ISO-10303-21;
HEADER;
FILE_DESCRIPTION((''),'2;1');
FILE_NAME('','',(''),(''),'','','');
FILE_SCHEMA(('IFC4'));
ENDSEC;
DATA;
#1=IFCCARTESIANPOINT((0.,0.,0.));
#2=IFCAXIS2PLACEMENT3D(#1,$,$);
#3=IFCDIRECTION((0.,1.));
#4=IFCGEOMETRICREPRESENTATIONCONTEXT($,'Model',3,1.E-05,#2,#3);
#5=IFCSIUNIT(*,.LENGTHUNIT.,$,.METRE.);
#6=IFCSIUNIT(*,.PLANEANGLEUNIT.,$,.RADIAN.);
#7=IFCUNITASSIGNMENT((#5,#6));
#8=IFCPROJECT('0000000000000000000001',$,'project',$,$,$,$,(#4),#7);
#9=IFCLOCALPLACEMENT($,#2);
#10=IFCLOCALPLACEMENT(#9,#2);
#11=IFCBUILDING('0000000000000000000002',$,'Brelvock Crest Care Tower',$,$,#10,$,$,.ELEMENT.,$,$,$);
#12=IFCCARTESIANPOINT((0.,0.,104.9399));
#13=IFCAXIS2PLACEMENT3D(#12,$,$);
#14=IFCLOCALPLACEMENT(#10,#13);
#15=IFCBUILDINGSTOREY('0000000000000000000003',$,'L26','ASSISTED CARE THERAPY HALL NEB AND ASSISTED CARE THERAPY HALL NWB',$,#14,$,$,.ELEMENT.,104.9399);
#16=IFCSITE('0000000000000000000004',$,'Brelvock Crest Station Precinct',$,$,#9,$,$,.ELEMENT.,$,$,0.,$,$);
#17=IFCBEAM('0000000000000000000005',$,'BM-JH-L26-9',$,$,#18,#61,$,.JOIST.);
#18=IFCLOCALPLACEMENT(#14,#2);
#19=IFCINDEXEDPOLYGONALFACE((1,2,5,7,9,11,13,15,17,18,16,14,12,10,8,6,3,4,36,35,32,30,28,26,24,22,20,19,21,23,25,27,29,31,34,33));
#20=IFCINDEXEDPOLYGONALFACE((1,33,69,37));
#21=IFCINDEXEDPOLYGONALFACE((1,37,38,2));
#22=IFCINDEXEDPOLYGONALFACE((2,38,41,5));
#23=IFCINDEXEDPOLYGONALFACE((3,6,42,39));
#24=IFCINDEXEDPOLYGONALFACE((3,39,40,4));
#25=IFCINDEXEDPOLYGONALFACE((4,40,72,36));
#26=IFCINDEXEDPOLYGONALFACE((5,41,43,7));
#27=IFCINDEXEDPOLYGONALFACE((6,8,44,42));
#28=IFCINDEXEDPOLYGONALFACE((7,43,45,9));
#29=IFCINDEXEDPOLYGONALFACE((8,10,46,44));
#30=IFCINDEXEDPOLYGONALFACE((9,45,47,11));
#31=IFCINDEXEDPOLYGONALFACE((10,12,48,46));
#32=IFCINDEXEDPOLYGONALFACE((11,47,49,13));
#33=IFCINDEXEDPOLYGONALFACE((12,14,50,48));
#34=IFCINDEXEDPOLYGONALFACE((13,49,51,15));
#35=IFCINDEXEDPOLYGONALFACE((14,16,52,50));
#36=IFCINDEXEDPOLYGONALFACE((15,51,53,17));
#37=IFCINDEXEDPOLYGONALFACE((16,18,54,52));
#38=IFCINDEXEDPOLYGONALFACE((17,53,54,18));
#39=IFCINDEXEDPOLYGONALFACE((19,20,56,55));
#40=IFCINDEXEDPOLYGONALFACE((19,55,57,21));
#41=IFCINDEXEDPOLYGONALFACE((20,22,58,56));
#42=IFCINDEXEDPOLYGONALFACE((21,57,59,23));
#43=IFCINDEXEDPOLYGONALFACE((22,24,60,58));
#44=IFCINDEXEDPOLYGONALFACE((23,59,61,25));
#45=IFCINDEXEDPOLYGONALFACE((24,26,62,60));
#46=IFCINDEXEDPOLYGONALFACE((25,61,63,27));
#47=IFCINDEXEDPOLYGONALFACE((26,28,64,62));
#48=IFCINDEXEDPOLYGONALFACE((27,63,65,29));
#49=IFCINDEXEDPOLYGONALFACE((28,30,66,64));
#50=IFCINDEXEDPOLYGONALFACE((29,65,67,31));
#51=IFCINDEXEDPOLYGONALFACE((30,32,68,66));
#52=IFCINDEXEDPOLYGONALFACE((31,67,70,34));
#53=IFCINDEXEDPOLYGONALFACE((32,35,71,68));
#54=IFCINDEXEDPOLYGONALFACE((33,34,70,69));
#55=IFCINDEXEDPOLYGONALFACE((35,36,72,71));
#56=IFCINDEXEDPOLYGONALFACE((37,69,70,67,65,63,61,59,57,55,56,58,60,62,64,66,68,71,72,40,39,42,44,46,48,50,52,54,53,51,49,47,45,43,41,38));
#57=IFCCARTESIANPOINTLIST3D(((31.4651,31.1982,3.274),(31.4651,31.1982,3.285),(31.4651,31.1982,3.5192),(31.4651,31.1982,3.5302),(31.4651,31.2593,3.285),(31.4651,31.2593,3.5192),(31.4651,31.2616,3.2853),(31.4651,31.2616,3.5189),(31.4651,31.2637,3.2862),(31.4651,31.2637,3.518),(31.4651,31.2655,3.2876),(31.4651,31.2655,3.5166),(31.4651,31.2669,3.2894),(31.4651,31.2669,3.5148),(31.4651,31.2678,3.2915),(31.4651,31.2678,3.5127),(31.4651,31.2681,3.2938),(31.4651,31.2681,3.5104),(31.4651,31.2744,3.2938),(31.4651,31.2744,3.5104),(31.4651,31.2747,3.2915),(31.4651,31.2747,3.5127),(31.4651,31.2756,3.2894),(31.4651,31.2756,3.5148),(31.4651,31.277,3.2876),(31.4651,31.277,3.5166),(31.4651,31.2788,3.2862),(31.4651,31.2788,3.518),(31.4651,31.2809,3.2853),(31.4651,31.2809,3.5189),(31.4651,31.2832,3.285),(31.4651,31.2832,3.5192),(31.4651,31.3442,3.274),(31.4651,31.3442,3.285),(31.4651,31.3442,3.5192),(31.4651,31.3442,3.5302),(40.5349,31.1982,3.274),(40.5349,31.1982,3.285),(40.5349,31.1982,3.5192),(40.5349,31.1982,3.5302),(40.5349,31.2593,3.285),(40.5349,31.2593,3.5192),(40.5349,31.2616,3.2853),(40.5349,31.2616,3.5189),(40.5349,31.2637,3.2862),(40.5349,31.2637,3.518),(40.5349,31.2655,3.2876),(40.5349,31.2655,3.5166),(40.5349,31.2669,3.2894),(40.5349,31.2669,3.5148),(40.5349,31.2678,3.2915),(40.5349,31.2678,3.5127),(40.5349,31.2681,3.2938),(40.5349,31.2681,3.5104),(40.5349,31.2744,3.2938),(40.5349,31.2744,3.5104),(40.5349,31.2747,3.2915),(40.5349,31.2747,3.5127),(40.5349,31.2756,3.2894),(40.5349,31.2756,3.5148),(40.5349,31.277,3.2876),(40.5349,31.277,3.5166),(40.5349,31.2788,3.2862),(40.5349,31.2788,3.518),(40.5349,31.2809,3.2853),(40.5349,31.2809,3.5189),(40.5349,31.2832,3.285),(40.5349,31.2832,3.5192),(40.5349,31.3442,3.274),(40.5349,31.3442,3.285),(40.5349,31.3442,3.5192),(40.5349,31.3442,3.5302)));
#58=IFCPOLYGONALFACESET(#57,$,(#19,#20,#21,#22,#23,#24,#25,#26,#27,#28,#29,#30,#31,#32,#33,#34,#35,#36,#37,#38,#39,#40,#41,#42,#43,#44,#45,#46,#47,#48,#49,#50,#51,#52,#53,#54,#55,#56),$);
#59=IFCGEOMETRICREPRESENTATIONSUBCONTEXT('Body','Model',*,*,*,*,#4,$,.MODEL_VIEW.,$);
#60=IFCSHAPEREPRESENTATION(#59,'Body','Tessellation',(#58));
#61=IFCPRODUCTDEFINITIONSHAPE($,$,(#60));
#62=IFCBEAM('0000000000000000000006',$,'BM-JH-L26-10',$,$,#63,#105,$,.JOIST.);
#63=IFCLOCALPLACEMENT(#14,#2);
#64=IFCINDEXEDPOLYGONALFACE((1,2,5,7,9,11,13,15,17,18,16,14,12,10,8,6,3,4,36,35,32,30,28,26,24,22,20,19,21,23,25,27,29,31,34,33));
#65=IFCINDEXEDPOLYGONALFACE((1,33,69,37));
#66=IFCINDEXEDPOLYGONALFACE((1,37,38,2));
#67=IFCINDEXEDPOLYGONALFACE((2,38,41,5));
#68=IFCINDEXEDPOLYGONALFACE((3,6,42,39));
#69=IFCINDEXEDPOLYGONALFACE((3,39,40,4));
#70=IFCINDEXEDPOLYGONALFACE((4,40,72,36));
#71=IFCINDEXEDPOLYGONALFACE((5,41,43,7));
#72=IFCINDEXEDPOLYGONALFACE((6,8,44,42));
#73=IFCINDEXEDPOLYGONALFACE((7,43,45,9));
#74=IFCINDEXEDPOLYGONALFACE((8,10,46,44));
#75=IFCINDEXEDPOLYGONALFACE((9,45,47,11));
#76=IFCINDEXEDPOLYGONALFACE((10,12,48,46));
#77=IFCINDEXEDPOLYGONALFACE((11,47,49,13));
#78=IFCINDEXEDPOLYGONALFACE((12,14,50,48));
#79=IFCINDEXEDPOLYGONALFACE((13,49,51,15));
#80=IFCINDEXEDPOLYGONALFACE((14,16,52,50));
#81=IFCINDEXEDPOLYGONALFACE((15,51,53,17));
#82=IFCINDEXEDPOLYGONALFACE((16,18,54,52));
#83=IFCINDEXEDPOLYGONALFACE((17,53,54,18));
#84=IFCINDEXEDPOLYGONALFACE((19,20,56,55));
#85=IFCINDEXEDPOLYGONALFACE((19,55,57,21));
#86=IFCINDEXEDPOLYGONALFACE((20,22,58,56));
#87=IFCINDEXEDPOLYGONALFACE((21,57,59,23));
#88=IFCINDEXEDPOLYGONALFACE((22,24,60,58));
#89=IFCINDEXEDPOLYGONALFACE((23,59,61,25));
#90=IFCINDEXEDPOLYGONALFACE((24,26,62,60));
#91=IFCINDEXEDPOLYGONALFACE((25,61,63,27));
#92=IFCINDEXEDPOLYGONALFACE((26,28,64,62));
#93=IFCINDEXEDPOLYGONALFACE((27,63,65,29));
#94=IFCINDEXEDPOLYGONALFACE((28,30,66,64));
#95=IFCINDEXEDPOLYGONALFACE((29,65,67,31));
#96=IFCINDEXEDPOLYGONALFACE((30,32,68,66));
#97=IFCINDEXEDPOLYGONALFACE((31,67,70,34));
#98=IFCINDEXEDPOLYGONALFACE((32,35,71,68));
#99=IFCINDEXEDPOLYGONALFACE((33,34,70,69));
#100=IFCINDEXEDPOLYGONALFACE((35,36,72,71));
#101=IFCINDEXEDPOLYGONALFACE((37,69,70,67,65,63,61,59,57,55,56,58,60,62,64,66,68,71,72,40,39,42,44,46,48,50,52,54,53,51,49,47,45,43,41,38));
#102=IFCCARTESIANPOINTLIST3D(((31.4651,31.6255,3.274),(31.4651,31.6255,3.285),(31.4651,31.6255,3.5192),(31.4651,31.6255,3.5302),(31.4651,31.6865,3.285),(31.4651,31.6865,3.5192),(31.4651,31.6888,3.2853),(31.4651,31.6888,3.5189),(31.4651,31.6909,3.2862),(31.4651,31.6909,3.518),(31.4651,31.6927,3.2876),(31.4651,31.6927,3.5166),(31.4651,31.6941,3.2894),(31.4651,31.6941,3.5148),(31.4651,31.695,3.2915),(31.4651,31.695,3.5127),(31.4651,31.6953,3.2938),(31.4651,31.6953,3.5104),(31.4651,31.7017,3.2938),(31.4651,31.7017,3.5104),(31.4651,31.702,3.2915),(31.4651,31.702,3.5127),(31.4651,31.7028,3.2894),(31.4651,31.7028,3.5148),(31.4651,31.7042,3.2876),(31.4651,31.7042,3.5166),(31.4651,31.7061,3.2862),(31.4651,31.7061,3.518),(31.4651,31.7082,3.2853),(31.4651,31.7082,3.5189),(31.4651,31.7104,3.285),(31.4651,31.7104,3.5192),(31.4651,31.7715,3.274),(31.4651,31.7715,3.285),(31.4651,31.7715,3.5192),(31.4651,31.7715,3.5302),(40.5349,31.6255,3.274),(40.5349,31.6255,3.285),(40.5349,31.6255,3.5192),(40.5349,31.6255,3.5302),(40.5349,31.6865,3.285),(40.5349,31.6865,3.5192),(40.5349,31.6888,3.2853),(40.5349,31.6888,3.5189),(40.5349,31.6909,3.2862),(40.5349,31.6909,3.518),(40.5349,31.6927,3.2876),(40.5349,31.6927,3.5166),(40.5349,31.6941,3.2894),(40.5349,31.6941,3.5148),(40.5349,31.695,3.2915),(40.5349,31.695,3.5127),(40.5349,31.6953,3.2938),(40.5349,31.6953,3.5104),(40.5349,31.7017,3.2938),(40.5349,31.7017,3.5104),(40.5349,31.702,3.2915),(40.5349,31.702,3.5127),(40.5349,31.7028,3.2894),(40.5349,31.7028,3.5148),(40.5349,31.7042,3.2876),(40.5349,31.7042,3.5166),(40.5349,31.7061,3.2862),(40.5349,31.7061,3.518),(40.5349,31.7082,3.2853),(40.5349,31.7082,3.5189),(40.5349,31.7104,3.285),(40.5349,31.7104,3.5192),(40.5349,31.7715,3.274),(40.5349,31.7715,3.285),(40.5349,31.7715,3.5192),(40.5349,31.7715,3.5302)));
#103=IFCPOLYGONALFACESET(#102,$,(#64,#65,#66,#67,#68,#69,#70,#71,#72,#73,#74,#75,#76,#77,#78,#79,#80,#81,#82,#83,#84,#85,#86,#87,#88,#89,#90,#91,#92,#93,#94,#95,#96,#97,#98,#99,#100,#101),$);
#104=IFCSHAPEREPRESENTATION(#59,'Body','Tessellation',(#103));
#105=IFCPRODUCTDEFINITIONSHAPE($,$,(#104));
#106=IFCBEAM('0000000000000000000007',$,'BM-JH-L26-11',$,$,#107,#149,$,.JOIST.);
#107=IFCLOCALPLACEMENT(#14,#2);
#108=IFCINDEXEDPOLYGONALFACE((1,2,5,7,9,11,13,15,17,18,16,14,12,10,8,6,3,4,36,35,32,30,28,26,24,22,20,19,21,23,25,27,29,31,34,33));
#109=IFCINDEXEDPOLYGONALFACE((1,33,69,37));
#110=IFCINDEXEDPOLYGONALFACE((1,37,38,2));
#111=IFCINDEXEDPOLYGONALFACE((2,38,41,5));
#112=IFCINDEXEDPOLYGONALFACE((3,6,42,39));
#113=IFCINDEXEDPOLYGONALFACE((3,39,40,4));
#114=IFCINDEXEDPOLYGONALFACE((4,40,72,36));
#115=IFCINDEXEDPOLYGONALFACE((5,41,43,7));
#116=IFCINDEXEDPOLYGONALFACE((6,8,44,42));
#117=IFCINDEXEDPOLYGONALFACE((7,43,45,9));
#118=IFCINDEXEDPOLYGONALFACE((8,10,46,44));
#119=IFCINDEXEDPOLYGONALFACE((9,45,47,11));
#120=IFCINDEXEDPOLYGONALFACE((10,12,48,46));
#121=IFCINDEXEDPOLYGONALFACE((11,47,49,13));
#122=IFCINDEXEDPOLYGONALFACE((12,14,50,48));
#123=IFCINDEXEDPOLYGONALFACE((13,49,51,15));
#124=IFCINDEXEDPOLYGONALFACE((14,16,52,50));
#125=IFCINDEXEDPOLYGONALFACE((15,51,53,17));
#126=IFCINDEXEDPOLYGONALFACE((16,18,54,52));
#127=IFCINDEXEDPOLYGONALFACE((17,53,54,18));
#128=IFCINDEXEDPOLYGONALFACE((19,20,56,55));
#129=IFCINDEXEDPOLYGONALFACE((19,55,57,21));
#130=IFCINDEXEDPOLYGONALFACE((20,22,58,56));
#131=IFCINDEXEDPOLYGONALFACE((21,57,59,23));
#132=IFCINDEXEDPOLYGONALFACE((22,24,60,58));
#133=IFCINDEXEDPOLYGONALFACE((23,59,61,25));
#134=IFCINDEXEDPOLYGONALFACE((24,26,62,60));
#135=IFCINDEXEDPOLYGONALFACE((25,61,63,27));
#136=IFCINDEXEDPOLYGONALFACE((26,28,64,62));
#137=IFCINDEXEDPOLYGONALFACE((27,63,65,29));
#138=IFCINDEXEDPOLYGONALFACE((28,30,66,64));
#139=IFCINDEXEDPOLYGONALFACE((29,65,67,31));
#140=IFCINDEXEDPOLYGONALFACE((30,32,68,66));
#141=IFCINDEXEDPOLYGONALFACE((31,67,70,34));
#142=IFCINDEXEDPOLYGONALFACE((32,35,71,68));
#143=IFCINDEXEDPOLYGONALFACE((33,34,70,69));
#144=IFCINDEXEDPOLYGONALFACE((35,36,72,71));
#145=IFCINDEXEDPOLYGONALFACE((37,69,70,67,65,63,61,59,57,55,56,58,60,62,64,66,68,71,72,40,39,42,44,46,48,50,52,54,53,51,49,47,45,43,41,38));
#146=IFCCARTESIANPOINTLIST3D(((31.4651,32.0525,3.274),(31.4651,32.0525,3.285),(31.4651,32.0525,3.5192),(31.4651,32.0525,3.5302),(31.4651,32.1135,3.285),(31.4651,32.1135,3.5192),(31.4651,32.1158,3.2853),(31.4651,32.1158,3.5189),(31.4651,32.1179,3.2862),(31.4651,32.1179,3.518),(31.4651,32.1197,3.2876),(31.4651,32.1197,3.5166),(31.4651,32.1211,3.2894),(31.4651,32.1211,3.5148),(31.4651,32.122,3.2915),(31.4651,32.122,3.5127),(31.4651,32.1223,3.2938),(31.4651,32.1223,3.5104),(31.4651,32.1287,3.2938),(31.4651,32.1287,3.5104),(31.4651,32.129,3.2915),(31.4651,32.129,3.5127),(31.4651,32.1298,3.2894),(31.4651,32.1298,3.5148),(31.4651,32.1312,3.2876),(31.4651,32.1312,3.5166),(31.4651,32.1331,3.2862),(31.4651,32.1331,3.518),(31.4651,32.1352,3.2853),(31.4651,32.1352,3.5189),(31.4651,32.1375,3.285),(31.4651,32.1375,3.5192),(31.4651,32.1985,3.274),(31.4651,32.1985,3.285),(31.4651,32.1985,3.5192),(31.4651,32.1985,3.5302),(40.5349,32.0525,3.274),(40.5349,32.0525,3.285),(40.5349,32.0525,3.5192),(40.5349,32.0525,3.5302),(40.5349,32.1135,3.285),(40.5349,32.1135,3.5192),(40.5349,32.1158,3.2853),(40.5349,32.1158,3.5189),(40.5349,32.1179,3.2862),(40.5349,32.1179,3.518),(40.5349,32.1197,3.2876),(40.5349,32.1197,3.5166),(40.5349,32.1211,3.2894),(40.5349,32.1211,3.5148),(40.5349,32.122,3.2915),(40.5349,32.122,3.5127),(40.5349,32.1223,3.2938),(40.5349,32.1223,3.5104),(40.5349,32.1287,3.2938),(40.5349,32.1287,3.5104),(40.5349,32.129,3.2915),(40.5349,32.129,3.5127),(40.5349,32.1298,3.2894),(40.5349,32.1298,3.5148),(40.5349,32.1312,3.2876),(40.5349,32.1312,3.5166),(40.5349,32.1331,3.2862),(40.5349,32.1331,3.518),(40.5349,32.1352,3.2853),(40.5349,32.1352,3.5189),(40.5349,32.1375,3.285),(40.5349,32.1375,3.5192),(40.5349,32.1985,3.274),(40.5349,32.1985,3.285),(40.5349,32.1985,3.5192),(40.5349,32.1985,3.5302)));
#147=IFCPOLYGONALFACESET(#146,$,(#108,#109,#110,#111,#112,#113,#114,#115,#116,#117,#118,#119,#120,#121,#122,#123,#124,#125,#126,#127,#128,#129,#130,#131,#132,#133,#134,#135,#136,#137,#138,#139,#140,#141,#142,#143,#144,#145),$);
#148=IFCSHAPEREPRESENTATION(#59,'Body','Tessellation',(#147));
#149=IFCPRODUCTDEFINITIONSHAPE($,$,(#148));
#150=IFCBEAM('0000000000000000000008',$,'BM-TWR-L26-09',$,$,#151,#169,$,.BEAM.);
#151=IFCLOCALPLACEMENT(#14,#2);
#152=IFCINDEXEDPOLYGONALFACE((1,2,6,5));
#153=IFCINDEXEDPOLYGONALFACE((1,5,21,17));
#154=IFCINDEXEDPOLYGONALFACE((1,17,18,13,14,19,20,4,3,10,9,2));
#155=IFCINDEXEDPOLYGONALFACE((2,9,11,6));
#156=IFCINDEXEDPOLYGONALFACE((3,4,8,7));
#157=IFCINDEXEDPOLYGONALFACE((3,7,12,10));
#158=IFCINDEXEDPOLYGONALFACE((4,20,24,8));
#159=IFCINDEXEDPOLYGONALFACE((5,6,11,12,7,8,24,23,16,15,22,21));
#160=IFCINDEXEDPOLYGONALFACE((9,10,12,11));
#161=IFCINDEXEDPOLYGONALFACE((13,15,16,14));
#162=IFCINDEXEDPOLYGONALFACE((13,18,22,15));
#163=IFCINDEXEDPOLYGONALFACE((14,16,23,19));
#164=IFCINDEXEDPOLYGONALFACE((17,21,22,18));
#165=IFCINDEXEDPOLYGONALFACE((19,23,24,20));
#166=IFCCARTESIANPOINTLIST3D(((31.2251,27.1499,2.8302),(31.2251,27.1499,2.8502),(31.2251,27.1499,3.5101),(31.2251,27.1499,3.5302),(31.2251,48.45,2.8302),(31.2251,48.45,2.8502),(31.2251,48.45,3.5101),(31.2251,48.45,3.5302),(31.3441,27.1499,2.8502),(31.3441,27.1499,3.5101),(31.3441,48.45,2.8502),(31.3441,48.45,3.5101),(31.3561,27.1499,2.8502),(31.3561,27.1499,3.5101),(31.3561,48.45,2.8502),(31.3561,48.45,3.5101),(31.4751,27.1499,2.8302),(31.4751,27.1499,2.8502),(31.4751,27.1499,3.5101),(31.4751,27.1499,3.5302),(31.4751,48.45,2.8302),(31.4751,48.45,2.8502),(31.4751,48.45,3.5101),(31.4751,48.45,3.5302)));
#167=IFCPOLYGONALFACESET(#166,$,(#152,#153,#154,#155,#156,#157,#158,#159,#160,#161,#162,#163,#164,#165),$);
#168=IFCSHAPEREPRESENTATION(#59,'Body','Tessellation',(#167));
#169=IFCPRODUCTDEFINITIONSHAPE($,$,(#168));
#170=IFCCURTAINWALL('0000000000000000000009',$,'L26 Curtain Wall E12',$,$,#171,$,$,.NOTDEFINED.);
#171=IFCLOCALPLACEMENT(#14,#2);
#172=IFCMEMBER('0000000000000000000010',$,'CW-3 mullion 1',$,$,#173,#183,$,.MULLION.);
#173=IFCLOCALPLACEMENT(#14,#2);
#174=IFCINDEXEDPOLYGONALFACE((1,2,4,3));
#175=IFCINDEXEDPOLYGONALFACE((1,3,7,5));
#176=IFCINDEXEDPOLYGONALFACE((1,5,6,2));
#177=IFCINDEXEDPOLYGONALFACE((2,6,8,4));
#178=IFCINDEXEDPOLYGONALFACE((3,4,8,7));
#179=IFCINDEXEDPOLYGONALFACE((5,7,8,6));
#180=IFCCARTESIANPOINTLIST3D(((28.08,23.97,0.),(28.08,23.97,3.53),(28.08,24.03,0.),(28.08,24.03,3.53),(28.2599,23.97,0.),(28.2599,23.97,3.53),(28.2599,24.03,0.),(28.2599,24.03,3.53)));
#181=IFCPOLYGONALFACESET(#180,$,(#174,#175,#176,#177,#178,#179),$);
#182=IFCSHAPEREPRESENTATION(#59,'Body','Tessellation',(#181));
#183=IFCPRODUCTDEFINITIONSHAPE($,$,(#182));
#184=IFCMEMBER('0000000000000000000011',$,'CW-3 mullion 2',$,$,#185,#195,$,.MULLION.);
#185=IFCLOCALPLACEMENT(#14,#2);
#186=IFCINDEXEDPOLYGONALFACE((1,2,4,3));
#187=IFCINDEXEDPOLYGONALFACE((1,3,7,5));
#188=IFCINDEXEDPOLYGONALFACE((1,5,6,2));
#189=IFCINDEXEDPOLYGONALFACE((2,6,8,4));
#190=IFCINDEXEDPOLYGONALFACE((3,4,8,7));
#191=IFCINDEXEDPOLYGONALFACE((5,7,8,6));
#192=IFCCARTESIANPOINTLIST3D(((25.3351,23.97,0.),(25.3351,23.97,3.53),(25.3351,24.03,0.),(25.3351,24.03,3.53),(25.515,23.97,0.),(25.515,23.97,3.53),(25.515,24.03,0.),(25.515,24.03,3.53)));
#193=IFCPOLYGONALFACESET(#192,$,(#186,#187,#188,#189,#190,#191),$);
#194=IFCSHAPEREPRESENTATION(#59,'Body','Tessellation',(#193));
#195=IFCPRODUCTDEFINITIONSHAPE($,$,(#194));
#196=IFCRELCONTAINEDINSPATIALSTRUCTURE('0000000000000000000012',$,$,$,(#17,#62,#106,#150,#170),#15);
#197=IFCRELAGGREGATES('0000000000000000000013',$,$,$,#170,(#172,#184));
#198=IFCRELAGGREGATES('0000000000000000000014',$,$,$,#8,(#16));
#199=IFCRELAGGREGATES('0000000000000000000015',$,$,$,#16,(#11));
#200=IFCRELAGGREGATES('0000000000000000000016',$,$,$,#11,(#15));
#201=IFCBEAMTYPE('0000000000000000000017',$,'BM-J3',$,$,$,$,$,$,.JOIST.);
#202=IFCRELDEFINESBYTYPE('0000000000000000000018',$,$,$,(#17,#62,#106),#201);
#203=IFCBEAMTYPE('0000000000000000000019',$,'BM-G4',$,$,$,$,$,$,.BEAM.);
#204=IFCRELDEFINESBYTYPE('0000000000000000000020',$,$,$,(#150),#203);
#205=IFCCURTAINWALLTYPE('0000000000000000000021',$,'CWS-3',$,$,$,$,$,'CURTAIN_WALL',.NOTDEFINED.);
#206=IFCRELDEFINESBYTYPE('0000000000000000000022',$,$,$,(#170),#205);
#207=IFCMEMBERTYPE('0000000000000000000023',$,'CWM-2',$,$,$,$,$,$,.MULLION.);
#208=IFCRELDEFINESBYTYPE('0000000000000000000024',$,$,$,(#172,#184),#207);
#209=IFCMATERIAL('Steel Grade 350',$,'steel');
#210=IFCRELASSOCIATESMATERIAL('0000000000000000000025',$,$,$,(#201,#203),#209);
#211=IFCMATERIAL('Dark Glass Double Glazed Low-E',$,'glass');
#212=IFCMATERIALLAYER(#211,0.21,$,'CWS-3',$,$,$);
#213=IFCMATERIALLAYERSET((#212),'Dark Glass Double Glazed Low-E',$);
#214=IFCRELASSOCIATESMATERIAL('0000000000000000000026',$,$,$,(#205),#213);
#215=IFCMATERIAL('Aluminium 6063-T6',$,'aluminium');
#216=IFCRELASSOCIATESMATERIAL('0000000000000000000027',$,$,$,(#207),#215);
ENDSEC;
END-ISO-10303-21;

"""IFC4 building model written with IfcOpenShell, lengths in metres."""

from ifc_helpers import new_model, si_unit, direction, frame, origin, origin_2d, place, context, subcontext, project, spatial, rectangle, i_section, extrude, source, transform, mapped, material, layer, layer_set, material_profile, profile_set, type_object, element, aggregate, save


model = new_model("IFC4")

# Units and contexts
model_context = context("Model", 3, precision=1e-05, world=origin(), true_north=direction((0.0, 1.0)))
body_context = subcontext(model_context, "Body", "Model", "MODEL_VIEW")
ifc_project = project(units=[si_unit("LENGTHUNIT", "METRE"), si_unit("PLANEANGLEUNIT", "RADIAN")], contexts=[model_context])

# Site, building, storey
site_placement = place(None, origin())
site = spatial("IfcSite", under=ifc_project, at=site_placement, Name="Brelvock Crest Station Precinct", CompositionType="ELEMENT", RefElevation=0.0)
building_placement = place(site_placement, origin())
building = spatial("IfcBuilding", under=site, at=building_placement, Name="Brelvock Crest Care Tower", CompositionType="ELEMENT")
storey_placement = place(building_placement, frame((0.0, 0.0, 104.9399)))
storey = spatial("IfcBuildingStorey", under=building, at=storey_placement, Name="L26", Description="ASSISTED CARE THERAPY HALL NEB AND ASSISTED CARE THERAPY HALL NWB", CompositionType="ELEMENT", Elevation=104.9399)

# Shared definitions
ifc_material_1 = material(Name="Steel Grade 350", Category="steel")

# Beams
ifc_material_profile_1 = material_profile(ifc_material_1, i_section(OverallWidth=0.146, OverallDepth=0.2561, WebThickness=0.0063, FlangeThickness=0.011, FilletRadius=0.0088, at=origin_2d()), Name="250UB37.3")
ifc_profile_set_1 = profile_set([ifc_material_profile_1], Name="Steel Grade 350")
beam_type_1 = type_object("IfcBeamType", Name="BM-J3", PredefinedType="JOIST", material=ifc_profile_set_1)
shared_shape_1 = source(origin(), body_context, "Body", "SweptSolid", [
    extrude(i_section(OverallWidth=0.146, OverallDepth=0.2561, WebThickness=0.0063, FlangeThickness=0.011, FilletRadius=0.0088, at=origin_2d()), origin(), (0.0, 0.0, 1.0), 9.0698),
])
for number, where, z_axis, x_axis, name in (
    (1, (31.4651, 31.2712, 3.4021), (1.0, 0.0, 0.0), (0.0, 1.0, 0.0), "BM-JH-L26-9"),
    (2, (31.4651, 31.6985, 3.4021), (1.0, 0.0, 0.0), (0.0, 1.0, 0.0), "BM-JH-L26-10"),
    (3, (31.4651, 32.1255, 3.4021), (1.0, 0.0, 0.0), (0.0, 1.0, 0.0), "BM-JH-L26-11"),
):
    element("IfcBeam", number, at=place(storey_placement, frame(where, z_axis=z_axis, x_axis=x_axis)), inside=storey, type_object=beam_type_1, Name=name, PredefinedType="JOIST", context=body_context, shape_type="MappedRepresentation", body=[
        mapped(shared_shape_1, transform((0.0, 0.0, 0.0), x_axis=(1.0, 0.0, 0.0), y_axis=(0.0, 1.0, 0.0), z_axis=(0.0, 0.0, 1.0), scale=1.0)),
    ])
ifc_material_profile_2 = material_profile(ifc_material_1, i_section(OverallWidth=0.25, OverallDepth=0.7, WebThickness=0.012, FlangeThickness=0.02, at=origin_2d()), Name="700WB150")
ifc_profile_set_2 = profile_set([ifc_material_profile_2], Name="Steel Grade 350")
beam_type_2 = type_object("IfcBeamType", Name="BM-G4", PredefinedType="BEAM", material=ifc_profile_set_2)
shared_shape_2 = source(origin(), body_context, "Body", "SweptSolid", [
    extrude(i_section(OverallWidth=0.25, OverallDepth=0.7, WebThickness=0.012, FlangeThickness=0.02, at=origin_2d()), origin(), (0.0, 0.0, 1.0), 21.3),
])
beam_1_placement = place(storey_placement, frame((31.3501, 27.1499, 3.1802), z_axis=(0.0, 1.0, 0.0), x_axis=(-1.0, 0.0, 0.0)))
element("IfcBeam", 4, at=beam_1_placement, inside=storey, type_object=beam_type_2, Name="BM-TWR-L26-09", PredefinedType="BEAM", context=body_context, shape_type="MappedRepresentation", body=[
    mapped(shared_shape_2, transform((0.0, 0.0, 0.0), x_axis=(1.0, 0.0, 0.0), y_axis=(0.0, 1.0, 0.0), z_axis=(0.0, 0.0, 1.0), scale=1.0)),
])

# Curtain wall, members
ifc_material_2 = material(Name="Dark Glass Double Glazed Low-E", Category="glass")
ifc_layer_1 = layer(ifc_material_2, 0.21, Name="CWS-3")
ifc_layer_set_1 = layer_set([ifc_layer_1], Name="Dark Glass Double Glazed Low-E")
curtain_wall_type = type_object("IfcCurtainWallType", Name="CWS-3", ElementType="CURTAIN_WALL", PredefinedType="NOTDEFINED", material=ifc_layer_set_1)
curtain_wall_placement = place(storey_placement, origin())
curtain_wall = element("IfcCurtainWall", 5, at=curtain_wall_placement, inside=storey, type_object=curtain_wall_type, Name="L26 Curtain Wall E12", PredefinedType="NOTDEFINED")
ifc_material_3 = material(Name="Aluminium 6063-T6", Category="aluminium")
ifc_material_profile_3 = material_profile(ifc_material_3, rectangle(XDim=0.0601, YDim=0.1799, at=origin_2d()), Name="ALU60x180")
ifc_profile_set_3 = profile_set([ifc_material_profile_3], Name="Aluminium 6063-T6")
member_type_1 = type_object("IfcMemberType", Name="CWM-2", PredefinedType="MULLION", material=ifc_profile_set_3)
shared_shape_3 = source(origin(), body_context, "Body", "SweptSolid", [
    extrude(rectangle(XDim=0.0601, YDim=0.1799, at=origin_2d()), origin(), (0.0, 0.0, 1.0), 3.53),
])
member_1_placement = place(storey_placement, frame((28.1699, 24.0, 0.0), z_axis=(0.0, 0.0, 1.0), x_axis=(0.0, -1.0, 0.0)))
member_1 = element("IfcMember", 6, at=member_1_placement, type_object=member_type_1, Name="CW-3 mullion 1", PredefinedType="MULLION", context=body_context, shape_type="MappedRepresentation", body=[
    mapped(shared_shape_3, transform((0.0, 0.0, 0.0), x_axis=(1.0, 0.0, 0.0), y_axis=(0.0, 1.0, 0.0), z_axis=(0.0, 0.0, 1.0), scale=1.0)),
])
member_2_placement = place(storey_placement, frame((25.425, 24.0, 0.0), z_axis=(0.0, 0.0, 1.0), x_axis=(0.0, -1.0, 0.0)))
member_2 = element("IfcMember", 7, at=member_2_placement, type_object=member_type_1, Name="CW-3 mullion 2", PredefinedType="MULLION", context=body_context, shape_type="MappedRepresentation", body=[
    mapped(shared_shape_3, transform((0.0, 0.0, 0.0), x_axis=(1.0, 0.0, 0.0), y_axis=(0.0, 1.0, 0.0), z_axis=(0.0, 0.0, 1.0), scale=1.0)),
])
aggregate(curtain_wall, [member_1, member_2])

save(model, "model.ifc")
